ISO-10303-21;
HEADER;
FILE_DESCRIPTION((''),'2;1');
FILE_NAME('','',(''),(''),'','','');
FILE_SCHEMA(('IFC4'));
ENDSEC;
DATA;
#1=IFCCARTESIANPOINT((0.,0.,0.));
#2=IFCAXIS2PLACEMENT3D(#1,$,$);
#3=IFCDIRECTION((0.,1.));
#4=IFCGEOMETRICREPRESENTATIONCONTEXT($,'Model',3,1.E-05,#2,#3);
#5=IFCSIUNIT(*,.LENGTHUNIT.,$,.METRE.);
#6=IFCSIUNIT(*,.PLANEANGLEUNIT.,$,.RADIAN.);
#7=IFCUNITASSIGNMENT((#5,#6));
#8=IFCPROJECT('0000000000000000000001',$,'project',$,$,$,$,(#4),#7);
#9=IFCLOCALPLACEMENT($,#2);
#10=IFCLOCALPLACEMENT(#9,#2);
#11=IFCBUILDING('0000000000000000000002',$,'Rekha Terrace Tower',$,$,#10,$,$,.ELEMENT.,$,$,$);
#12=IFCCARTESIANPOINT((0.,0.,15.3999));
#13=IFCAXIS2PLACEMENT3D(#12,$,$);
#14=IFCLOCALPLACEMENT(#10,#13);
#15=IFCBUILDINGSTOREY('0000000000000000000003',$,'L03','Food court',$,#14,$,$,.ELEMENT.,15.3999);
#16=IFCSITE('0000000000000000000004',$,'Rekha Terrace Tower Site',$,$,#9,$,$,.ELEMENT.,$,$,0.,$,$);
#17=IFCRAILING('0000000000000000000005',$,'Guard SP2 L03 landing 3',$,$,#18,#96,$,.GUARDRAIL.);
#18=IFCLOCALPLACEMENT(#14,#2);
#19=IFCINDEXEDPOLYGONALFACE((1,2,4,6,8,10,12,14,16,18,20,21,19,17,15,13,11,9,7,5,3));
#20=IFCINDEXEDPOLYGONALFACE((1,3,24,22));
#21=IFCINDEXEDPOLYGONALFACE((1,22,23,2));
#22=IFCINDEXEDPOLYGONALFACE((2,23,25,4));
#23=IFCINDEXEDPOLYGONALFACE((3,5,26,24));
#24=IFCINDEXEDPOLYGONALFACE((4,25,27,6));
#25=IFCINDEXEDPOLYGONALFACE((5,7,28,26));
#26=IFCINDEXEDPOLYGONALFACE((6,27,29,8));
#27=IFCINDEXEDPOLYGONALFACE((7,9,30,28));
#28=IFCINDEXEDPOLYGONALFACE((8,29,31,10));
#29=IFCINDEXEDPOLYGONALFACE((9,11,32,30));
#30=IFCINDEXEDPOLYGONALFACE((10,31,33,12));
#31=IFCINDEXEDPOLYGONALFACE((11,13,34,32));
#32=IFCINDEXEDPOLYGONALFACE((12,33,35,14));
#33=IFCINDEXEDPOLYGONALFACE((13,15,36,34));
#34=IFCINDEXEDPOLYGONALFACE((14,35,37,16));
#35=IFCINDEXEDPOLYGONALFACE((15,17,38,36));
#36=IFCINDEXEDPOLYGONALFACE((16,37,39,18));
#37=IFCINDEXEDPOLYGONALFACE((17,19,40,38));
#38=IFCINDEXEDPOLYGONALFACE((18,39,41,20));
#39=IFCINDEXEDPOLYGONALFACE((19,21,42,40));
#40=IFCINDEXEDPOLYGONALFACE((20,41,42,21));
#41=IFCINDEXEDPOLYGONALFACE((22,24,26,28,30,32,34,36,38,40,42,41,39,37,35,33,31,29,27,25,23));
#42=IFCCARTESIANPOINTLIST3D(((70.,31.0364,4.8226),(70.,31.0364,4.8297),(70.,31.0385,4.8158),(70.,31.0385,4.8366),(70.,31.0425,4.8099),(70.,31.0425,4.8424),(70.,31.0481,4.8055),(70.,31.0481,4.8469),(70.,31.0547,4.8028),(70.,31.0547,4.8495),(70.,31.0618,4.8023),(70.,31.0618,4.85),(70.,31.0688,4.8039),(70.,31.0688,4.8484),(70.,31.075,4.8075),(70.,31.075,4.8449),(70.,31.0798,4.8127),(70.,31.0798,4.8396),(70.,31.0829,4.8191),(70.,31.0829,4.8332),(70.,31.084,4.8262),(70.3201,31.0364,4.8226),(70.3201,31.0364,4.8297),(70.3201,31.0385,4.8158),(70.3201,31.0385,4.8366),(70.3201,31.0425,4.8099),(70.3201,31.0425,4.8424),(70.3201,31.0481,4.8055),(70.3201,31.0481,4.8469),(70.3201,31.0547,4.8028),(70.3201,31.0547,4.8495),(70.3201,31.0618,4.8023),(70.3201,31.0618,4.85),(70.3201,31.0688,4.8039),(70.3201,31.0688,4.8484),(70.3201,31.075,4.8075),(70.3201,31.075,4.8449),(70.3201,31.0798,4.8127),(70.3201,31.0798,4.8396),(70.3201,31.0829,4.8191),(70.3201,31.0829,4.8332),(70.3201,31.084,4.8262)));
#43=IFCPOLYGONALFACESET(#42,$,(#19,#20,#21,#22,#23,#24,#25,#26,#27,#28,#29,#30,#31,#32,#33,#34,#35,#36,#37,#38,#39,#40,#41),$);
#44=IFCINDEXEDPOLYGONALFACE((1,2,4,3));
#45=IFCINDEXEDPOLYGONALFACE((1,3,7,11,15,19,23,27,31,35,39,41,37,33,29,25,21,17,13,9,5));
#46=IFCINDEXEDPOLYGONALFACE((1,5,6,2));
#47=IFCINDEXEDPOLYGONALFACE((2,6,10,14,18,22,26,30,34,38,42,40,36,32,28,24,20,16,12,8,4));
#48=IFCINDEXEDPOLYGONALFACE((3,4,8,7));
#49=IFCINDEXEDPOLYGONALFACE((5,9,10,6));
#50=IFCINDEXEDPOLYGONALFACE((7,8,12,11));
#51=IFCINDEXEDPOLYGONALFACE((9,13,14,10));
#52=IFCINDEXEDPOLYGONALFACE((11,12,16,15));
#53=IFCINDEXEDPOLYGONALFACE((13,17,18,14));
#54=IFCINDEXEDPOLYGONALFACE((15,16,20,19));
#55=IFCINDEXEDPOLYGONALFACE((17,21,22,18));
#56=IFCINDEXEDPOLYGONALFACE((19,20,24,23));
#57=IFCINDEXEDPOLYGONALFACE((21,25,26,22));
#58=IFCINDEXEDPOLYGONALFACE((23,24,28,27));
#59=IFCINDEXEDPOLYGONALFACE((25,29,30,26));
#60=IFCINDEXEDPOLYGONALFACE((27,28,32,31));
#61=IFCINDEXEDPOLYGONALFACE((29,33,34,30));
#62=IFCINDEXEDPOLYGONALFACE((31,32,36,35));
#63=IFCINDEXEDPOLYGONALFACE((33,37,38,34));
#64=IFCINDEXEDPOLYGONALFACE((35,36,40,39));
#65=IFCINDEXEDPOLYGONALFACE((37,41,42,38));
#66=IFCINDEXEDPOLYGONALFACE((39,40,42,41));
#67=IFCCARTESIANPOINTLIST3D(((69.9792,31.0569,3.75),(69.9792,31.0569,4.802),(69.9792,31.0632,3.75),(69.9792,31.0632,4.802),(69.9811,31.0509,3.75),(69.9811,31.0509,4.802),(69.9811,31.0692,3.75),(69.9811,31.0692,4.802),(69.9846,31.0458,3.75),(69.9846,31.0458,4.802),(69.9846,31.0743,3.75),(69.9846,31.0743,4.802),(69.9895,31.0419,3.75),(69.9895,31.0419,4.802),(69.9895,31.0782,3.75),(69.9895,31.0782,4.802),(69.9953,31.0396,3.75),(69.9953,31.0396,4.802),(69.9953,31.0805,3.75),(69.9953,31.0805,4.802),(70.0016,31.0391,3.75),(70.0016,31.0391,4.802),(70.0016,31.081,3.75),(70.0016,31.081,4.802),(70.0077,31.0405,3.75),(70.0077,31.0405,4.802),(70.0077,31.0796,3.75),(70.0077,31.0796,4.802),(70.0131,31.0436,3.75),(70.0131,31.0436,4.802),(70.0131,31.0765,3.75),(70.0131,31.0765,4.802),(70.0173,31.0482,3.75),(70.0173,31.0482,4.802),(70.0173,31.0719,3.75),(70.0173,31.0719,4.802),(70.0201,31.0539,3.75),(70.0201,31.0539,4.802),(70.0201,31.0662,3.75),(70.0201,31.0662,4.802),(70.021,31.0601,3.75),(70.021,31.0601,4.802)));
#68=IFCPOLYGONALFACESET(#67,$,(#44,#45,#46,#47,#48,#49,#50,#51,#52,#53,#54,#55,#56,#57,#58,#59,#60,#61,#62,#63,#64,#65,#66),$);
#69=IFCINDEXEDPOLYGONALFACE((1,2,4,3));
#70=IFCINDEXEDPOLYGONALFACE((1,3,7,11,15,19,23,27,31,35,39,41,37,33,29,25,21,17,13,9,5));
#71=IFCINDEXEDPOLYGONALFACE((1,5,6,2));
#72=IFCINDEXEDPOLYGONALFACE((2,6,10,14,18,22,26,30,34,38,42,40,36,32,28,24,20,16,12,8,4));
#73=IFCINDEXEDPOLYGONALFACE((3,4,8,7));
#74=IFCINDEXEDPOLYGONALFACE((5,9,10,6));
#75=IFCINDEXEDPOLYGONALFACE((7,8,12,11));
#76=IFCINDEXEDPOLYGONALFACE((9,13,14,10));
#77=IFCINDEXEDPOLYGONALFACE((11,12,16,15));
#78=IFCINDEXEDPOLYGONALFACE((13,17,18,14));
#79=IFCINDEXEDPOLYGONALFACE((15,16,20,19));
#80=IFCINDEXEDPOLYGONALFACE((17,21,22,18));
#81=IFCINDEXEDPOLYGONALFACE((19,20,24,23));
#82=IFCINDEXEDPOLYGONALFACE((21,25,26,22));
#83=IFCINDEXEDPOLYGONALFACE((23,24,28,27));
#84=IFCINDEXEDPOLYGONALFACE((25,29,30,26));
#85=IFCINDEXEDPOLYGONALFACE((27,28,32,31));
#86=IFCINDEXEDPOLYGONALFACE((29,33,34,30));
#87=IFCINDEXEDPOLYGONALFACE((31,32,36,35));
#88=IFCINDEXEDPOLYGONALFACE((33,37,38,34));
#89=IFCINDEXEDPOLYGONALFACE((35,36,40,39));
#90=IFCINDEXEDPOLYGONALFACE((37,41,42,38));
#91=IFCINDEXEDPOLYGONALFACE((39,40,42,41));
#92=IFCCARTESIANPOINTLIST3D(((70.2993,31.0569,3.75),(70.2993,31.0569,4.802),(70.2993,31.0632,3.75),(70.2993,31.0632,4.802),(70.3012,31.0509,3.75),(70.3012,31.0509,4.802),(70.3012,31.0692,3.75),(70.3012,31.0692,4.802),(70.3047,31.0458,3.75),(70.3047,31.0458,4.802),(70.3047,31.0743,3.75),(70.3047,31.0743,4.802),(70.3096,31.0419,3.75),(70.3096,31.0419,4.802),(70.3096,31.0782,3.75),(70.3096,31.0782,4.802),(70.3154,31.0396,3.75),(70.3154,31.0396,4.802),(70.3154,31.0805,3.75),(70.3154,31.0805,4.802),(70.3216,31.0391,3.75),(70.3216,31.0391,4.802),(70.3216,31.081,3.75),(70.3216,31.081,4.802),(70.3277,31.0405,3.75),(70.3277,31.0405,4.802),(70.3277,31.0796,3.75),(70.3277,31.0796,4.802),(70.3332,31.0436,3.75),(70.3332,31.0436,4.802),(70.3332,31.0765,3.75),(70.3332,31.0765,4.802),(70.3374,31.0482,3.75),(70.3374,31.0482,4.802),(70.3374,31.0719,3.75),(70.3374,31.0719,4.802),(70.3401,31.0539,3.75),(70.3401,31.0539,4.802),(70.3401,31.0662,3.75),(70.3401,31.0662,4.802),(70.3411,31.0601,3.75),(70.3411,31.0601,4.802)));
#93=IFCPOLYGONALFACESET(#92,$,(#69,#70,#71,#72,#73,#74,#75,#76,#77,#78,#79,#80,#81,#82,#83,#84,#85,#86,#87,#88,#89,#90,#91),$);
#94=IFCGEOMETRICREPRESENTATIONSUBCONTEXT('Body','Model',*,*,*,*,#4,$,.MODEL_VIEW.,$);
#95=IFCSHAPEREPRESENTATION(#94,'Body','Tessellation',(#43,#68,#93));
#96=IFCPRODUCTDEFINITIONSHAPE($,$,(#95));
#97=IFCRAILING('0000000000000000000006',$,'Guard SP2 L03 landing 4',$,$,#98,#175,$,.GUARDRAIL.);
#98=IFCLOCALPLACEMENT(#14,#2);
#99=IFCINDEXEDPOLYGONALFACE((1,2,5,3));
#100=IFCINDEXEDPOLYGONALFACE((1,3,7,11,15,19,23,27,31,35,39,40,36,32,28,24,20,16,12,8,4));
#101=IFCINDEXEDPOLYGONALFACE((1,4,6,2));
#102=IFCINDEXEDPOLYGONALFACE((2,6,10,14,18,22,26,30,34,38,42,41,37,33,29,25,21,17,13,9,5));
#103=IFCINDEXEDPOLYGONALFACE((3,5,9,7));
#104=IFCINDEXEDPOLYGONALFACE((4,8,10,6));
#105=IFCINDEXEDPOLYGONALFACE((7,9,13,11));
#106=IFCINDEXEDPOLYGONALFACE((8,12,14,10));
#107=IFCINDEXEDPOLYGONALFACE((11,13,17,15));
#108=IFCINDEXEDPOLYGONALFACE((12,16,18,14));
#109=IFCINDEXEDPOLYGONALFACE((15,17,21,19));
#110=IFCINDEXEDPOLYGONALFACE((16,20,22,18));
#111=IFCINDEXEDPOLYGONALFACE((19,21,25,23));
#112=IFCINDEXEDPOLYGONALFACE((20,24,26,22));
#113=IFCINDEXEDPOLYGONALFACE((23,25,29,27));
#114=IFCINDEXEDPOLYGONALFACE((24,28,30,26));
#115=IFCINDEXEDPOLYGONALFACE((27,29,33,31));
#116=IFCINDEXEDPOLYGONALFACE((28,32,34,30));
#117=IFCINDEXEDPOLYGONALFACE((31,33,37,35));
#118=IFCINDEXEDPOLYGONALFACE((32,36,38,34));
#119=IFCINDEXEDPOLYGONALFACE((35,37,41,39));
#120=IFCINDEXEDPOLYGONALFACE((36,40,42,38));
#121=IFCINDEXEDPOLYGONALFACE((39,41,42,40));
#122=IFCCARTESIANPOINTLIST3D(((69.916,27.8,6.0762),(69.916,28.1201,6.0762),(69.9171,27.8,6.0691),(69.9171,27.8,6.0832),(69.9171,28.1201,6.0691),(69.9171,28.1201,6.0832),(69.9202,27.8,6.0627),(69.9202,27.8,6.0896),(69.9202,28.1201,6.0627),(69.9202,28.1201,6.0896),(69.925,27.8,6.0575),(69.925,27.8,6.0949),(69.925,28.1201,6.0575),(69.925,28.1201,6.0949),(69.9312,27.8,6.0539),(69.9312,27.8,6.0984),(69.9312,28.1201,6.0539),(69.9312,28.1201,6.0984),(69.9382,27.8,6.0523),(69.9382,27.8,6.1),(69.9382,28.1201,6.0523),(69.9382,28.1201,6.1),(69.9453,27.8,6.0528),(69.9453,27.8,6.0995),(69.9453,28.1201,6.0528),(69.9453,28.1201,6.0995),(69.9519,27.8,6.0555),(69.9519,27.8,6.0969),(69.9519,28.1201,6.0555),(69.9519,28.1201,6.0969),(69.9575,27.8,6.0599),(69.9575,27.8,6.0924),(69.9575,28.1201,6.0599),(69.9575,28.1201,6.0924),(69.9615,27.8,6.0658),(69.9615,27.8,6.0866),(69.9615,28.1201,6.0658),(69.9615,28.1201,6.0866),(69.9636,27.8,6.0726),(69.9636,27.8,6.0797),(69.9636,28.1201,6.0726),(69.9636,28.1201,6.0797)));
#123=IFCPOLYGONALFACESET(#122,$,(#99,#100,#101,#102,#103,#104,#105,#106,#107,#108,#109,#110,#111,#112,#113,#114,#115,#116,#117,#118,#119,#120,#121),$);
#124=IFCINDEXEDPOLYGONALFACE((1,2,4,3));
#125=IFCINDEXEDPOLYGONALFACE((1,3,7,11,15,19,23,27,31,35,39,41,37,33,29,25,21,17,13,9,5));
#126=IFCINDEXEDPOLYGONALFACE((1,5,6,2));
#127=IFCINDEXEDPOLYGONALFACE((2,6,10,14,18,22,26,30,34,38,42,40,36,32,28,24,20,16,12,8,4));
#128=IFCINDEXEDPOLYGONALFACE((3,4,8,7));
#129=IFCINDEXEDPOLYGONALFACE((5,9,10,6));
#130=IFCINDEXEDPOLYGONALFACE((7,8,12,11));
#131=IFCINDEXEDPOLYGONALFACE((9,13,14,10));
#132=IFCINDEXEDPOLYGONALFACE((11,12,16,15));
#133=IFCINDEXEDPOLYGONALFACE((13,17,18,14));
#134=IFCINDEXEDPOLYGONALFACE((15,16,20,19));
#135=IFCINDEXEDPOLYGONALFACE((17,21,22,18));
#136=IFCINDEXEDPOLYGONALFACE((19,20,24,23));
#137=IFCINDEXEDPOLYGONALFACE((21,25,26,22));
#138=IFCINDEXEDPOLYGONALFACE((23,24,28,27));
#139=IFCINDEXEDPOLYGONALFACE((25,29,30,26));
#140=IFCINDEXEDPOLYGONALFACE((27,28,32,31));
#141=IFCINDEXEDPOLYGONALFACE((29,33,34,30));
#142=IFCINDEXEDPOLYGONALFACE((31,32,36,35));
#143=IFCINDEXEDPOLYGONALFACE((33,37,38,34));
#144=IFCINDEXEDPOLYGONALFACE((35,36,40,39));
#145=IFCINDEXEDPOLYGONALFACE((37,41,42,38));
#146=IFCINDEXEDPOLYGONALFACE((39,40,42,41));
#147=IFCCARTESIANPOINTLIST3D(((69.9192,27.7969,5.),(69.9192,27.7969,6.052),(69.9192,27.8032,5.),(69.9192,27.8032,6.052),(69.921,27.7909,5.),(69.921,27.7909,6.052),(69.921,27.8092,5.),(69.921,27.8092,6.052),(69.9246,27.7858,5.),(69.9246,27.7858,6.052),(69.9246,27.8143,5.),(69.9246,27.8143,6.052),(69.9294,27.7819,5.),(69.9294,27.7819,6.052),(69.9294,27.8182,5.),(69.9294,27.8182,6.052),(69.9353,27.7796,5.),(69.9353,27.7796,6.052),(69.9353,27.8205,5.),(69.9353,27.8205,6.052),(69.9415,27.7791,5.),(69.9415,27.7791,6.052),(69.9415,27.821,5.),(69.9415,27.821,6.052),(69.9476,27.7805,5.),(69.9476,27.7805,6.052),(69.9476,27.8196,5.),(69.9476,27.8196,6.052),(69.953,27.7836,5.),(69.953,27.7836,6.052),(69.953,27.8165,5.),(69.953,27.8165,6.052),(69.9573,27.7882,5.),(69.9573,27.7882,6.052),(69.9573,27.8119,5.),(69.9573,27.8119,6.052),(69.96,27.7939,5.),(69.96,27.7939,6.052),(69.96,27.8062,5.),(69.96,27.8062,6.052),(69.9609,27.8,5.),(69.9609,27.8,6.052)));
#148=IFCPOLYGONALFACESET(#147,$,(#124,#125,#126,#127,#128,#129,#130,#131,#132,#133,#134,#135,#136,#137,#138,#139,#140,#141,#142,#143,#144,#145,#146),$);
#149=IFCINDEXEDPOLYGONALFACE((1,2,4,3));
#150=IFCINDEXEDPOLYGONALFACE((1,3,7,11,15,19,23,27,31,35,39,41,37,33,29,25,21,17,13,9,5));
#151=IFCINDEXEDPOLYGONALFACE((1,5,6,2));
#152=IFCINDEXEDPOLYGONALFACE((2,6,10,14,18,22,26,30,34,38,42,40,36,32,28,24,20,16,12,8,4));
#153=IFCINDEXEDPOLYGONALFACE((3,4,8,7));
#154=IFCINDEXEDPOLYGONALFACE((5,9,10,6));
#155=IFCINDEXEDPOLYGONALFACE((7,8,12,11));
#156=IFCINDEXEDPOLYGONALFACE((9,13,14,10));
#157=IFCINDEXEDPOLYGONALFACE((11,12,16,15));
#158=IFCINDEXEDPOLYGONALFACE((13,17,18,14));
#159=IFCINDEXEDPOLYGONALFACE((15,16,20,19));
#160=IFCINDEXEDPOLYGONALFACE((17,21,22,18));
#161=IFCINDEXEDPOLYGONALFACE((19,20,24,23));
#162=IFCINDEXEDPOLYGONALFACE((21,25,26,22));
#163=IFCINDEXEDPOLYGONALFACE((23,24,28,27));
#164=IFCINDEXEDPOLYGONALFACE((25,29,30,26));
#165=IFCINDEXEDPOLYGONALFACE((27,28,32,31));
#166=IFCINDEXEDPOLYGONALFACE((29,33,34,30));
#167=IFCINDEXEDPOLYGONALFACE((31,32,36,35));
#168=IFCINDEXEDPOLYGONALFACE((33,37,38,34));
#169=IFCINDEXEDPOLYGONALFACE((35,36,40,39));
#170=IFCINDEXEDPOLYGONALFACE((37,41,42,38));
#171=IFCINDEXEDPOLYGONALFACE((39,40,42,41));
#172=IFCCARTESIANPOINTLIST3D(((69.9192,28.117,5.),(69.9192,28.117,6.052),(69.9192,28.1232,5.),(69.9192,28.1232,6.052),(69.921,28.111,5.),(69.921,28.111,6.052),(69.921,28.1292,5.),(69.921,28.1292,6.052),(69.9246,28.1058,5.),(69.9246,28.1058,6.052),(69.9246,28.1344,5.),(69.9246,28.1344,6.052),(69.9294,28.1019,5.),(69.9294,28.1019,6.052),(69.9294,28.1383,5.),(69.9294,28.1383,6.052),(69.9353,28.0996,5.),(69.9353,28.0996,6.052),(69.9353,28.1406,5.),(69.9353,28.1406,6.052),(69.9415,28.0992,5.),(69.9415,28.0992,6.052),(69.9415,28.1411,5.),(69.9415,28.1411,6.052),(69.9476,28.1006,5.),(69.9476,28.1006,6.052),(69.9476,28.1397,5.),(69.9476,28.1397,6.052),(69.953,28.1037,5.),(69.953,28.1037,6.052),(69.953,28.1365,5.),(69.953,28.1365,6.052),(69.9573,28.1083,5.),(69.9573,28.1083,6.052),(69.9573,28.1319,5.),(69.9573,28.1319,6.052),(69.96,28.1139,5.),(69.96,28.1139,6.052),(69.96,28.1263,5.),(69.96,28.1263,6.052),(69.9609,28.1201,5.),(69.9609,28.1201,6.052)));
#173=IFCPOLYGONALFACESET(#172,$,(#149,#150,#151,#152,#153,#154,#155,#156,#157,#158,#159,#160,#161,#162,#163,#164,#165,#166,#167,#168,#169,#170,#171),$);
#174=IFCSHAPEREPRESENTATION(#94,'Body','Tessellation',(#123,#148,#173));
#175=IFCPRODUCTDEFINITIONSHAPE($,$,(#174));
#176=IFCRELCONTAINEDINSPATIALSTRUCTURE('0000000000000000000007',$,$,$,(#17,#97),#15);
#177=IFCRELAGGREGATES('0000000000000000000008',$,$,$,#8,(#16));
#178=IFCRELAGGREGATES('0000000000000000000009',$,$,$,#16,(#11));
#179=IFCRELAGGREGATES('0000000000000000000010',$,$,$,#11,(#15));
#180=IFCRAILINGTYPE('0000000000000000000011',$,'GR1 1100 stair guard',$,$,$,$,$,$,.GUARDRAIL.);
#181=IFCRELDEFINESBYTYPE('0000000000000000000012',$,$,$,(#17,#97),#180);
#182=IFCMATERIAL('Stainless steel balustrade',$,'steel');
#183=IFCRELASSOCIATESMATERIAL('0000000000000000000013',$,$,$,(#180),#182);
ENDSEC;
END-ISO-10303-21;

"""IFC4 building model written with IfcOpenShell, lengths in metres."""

from ifc_helpers import new_model, si_unit, direction, frame, origin, origin_2d, place, context, subcontext, project, spatial, circle, extrude, material, type_object, element, save


model = new_model("IFC4")

# Units and contexts
model_context = context("Model", 3, precision=1e-05, world=origin(), true_north=direction((0.0, 1.0)))
body_context = subcontext(model_context, "Body", "Model", "MODEL_VIEW")
ifc_project = project(units=[si_unit("LENGTHUNIT", "METRE"), si_unit("PLANEANGLEUNIT", "RADIAN")], contexts=[model_context])

# Site, building, storey
site_placement = place(None, origin())
site = spatial("IfcSite", under=ifc_project, at=site_placement, Name="Rekha Terrace Tower Site", CompositionType="ELEMENT", RefElevation=0.0)
building_placement = place(site_placement, origin())
building = spatial("IfcBuilding", under=site, at=building_placement, Name="Rekha Terrace Tower", CompositionType="ELEMENT")
storey_placement = place(building_placement, frame((0.0, 0.0, 15.3999)))
storey = spatial("IfcBuildingStorey", under=building, at=storey_placement, Name="L03", Description="Food court", CompositionType="ELEMENT", Elevation=15.3999)

# Railings
ifc_material_1 = material(Name="Stainless steel balustrade", Category="steel")
railing_type_1 = type_object("IfcRailingType", Name="GR1 1100 stair guard", PredefinedType="GUARDRAIL", material=ifc_material_1)
railing_1_placement = place(storey_placement, frame((70.0, 31.0601, 3.75)))
element("IfcRailing", 1, at=railing_1_placement, inside=storey, type_object=railing_type_1, Name="Guard SP2 L03 landing 3", PredefinedType="GUARDRAIL", context=body_context, shape_type="SweptSolid", body=[
    extrude(circle(Radius=0.0239, at=origin_2d()), frame((0.0, 0.0, 1.0762), z_axis=(1.0, 0.0, 0.0), x_axis=(0.0, 1.0, 0.0)), (0.0, 0.0, 1.0), 0.3201),
    extrude(circle(Radius=0.021, at=origin_2d()), origin(), (0.0, 0.0, 1.0), 1.052),
    extrude(circle(Radius=0.021, at=origin_2d()), frame((0.3201, 0.0, 0.0)), (0.0, 0.0, 1.0), 1.052),
])
railing_2_placement = place(storey_placement, frame((69.9399, 27.8, 5.0)))
element("IfcRailing", 2, at=railing_2_placement, inside=storey, type_object=railing_type_1, Name="Guard SP2 L03 landing 4", PredefinedType="GUARDRAIL", context=body_context, shape_type="SweptSolid", body=[
    extrude(circle(Radius=0.0239, at=origin_2d()), frame((0.0, 0.0, 1.0762), z_axis=(0.0, 1.0, 0.0), x_axis=(-1.0, 0.0, 0.0)), (0.0, 0.0, 1.0), 0.3201),
    extrude(circle(Radius=0.021, at=origin_2d()), origin(), (0.0, 0.0, 1.0), 1.052),
    extrude(circle(Radius=0.021, at=origin_2d()), frame((0.0, 0.3201, 0.0)), (0.0, 0.0, 1.0), 1.052),
])

save(model, "model.ifc")
